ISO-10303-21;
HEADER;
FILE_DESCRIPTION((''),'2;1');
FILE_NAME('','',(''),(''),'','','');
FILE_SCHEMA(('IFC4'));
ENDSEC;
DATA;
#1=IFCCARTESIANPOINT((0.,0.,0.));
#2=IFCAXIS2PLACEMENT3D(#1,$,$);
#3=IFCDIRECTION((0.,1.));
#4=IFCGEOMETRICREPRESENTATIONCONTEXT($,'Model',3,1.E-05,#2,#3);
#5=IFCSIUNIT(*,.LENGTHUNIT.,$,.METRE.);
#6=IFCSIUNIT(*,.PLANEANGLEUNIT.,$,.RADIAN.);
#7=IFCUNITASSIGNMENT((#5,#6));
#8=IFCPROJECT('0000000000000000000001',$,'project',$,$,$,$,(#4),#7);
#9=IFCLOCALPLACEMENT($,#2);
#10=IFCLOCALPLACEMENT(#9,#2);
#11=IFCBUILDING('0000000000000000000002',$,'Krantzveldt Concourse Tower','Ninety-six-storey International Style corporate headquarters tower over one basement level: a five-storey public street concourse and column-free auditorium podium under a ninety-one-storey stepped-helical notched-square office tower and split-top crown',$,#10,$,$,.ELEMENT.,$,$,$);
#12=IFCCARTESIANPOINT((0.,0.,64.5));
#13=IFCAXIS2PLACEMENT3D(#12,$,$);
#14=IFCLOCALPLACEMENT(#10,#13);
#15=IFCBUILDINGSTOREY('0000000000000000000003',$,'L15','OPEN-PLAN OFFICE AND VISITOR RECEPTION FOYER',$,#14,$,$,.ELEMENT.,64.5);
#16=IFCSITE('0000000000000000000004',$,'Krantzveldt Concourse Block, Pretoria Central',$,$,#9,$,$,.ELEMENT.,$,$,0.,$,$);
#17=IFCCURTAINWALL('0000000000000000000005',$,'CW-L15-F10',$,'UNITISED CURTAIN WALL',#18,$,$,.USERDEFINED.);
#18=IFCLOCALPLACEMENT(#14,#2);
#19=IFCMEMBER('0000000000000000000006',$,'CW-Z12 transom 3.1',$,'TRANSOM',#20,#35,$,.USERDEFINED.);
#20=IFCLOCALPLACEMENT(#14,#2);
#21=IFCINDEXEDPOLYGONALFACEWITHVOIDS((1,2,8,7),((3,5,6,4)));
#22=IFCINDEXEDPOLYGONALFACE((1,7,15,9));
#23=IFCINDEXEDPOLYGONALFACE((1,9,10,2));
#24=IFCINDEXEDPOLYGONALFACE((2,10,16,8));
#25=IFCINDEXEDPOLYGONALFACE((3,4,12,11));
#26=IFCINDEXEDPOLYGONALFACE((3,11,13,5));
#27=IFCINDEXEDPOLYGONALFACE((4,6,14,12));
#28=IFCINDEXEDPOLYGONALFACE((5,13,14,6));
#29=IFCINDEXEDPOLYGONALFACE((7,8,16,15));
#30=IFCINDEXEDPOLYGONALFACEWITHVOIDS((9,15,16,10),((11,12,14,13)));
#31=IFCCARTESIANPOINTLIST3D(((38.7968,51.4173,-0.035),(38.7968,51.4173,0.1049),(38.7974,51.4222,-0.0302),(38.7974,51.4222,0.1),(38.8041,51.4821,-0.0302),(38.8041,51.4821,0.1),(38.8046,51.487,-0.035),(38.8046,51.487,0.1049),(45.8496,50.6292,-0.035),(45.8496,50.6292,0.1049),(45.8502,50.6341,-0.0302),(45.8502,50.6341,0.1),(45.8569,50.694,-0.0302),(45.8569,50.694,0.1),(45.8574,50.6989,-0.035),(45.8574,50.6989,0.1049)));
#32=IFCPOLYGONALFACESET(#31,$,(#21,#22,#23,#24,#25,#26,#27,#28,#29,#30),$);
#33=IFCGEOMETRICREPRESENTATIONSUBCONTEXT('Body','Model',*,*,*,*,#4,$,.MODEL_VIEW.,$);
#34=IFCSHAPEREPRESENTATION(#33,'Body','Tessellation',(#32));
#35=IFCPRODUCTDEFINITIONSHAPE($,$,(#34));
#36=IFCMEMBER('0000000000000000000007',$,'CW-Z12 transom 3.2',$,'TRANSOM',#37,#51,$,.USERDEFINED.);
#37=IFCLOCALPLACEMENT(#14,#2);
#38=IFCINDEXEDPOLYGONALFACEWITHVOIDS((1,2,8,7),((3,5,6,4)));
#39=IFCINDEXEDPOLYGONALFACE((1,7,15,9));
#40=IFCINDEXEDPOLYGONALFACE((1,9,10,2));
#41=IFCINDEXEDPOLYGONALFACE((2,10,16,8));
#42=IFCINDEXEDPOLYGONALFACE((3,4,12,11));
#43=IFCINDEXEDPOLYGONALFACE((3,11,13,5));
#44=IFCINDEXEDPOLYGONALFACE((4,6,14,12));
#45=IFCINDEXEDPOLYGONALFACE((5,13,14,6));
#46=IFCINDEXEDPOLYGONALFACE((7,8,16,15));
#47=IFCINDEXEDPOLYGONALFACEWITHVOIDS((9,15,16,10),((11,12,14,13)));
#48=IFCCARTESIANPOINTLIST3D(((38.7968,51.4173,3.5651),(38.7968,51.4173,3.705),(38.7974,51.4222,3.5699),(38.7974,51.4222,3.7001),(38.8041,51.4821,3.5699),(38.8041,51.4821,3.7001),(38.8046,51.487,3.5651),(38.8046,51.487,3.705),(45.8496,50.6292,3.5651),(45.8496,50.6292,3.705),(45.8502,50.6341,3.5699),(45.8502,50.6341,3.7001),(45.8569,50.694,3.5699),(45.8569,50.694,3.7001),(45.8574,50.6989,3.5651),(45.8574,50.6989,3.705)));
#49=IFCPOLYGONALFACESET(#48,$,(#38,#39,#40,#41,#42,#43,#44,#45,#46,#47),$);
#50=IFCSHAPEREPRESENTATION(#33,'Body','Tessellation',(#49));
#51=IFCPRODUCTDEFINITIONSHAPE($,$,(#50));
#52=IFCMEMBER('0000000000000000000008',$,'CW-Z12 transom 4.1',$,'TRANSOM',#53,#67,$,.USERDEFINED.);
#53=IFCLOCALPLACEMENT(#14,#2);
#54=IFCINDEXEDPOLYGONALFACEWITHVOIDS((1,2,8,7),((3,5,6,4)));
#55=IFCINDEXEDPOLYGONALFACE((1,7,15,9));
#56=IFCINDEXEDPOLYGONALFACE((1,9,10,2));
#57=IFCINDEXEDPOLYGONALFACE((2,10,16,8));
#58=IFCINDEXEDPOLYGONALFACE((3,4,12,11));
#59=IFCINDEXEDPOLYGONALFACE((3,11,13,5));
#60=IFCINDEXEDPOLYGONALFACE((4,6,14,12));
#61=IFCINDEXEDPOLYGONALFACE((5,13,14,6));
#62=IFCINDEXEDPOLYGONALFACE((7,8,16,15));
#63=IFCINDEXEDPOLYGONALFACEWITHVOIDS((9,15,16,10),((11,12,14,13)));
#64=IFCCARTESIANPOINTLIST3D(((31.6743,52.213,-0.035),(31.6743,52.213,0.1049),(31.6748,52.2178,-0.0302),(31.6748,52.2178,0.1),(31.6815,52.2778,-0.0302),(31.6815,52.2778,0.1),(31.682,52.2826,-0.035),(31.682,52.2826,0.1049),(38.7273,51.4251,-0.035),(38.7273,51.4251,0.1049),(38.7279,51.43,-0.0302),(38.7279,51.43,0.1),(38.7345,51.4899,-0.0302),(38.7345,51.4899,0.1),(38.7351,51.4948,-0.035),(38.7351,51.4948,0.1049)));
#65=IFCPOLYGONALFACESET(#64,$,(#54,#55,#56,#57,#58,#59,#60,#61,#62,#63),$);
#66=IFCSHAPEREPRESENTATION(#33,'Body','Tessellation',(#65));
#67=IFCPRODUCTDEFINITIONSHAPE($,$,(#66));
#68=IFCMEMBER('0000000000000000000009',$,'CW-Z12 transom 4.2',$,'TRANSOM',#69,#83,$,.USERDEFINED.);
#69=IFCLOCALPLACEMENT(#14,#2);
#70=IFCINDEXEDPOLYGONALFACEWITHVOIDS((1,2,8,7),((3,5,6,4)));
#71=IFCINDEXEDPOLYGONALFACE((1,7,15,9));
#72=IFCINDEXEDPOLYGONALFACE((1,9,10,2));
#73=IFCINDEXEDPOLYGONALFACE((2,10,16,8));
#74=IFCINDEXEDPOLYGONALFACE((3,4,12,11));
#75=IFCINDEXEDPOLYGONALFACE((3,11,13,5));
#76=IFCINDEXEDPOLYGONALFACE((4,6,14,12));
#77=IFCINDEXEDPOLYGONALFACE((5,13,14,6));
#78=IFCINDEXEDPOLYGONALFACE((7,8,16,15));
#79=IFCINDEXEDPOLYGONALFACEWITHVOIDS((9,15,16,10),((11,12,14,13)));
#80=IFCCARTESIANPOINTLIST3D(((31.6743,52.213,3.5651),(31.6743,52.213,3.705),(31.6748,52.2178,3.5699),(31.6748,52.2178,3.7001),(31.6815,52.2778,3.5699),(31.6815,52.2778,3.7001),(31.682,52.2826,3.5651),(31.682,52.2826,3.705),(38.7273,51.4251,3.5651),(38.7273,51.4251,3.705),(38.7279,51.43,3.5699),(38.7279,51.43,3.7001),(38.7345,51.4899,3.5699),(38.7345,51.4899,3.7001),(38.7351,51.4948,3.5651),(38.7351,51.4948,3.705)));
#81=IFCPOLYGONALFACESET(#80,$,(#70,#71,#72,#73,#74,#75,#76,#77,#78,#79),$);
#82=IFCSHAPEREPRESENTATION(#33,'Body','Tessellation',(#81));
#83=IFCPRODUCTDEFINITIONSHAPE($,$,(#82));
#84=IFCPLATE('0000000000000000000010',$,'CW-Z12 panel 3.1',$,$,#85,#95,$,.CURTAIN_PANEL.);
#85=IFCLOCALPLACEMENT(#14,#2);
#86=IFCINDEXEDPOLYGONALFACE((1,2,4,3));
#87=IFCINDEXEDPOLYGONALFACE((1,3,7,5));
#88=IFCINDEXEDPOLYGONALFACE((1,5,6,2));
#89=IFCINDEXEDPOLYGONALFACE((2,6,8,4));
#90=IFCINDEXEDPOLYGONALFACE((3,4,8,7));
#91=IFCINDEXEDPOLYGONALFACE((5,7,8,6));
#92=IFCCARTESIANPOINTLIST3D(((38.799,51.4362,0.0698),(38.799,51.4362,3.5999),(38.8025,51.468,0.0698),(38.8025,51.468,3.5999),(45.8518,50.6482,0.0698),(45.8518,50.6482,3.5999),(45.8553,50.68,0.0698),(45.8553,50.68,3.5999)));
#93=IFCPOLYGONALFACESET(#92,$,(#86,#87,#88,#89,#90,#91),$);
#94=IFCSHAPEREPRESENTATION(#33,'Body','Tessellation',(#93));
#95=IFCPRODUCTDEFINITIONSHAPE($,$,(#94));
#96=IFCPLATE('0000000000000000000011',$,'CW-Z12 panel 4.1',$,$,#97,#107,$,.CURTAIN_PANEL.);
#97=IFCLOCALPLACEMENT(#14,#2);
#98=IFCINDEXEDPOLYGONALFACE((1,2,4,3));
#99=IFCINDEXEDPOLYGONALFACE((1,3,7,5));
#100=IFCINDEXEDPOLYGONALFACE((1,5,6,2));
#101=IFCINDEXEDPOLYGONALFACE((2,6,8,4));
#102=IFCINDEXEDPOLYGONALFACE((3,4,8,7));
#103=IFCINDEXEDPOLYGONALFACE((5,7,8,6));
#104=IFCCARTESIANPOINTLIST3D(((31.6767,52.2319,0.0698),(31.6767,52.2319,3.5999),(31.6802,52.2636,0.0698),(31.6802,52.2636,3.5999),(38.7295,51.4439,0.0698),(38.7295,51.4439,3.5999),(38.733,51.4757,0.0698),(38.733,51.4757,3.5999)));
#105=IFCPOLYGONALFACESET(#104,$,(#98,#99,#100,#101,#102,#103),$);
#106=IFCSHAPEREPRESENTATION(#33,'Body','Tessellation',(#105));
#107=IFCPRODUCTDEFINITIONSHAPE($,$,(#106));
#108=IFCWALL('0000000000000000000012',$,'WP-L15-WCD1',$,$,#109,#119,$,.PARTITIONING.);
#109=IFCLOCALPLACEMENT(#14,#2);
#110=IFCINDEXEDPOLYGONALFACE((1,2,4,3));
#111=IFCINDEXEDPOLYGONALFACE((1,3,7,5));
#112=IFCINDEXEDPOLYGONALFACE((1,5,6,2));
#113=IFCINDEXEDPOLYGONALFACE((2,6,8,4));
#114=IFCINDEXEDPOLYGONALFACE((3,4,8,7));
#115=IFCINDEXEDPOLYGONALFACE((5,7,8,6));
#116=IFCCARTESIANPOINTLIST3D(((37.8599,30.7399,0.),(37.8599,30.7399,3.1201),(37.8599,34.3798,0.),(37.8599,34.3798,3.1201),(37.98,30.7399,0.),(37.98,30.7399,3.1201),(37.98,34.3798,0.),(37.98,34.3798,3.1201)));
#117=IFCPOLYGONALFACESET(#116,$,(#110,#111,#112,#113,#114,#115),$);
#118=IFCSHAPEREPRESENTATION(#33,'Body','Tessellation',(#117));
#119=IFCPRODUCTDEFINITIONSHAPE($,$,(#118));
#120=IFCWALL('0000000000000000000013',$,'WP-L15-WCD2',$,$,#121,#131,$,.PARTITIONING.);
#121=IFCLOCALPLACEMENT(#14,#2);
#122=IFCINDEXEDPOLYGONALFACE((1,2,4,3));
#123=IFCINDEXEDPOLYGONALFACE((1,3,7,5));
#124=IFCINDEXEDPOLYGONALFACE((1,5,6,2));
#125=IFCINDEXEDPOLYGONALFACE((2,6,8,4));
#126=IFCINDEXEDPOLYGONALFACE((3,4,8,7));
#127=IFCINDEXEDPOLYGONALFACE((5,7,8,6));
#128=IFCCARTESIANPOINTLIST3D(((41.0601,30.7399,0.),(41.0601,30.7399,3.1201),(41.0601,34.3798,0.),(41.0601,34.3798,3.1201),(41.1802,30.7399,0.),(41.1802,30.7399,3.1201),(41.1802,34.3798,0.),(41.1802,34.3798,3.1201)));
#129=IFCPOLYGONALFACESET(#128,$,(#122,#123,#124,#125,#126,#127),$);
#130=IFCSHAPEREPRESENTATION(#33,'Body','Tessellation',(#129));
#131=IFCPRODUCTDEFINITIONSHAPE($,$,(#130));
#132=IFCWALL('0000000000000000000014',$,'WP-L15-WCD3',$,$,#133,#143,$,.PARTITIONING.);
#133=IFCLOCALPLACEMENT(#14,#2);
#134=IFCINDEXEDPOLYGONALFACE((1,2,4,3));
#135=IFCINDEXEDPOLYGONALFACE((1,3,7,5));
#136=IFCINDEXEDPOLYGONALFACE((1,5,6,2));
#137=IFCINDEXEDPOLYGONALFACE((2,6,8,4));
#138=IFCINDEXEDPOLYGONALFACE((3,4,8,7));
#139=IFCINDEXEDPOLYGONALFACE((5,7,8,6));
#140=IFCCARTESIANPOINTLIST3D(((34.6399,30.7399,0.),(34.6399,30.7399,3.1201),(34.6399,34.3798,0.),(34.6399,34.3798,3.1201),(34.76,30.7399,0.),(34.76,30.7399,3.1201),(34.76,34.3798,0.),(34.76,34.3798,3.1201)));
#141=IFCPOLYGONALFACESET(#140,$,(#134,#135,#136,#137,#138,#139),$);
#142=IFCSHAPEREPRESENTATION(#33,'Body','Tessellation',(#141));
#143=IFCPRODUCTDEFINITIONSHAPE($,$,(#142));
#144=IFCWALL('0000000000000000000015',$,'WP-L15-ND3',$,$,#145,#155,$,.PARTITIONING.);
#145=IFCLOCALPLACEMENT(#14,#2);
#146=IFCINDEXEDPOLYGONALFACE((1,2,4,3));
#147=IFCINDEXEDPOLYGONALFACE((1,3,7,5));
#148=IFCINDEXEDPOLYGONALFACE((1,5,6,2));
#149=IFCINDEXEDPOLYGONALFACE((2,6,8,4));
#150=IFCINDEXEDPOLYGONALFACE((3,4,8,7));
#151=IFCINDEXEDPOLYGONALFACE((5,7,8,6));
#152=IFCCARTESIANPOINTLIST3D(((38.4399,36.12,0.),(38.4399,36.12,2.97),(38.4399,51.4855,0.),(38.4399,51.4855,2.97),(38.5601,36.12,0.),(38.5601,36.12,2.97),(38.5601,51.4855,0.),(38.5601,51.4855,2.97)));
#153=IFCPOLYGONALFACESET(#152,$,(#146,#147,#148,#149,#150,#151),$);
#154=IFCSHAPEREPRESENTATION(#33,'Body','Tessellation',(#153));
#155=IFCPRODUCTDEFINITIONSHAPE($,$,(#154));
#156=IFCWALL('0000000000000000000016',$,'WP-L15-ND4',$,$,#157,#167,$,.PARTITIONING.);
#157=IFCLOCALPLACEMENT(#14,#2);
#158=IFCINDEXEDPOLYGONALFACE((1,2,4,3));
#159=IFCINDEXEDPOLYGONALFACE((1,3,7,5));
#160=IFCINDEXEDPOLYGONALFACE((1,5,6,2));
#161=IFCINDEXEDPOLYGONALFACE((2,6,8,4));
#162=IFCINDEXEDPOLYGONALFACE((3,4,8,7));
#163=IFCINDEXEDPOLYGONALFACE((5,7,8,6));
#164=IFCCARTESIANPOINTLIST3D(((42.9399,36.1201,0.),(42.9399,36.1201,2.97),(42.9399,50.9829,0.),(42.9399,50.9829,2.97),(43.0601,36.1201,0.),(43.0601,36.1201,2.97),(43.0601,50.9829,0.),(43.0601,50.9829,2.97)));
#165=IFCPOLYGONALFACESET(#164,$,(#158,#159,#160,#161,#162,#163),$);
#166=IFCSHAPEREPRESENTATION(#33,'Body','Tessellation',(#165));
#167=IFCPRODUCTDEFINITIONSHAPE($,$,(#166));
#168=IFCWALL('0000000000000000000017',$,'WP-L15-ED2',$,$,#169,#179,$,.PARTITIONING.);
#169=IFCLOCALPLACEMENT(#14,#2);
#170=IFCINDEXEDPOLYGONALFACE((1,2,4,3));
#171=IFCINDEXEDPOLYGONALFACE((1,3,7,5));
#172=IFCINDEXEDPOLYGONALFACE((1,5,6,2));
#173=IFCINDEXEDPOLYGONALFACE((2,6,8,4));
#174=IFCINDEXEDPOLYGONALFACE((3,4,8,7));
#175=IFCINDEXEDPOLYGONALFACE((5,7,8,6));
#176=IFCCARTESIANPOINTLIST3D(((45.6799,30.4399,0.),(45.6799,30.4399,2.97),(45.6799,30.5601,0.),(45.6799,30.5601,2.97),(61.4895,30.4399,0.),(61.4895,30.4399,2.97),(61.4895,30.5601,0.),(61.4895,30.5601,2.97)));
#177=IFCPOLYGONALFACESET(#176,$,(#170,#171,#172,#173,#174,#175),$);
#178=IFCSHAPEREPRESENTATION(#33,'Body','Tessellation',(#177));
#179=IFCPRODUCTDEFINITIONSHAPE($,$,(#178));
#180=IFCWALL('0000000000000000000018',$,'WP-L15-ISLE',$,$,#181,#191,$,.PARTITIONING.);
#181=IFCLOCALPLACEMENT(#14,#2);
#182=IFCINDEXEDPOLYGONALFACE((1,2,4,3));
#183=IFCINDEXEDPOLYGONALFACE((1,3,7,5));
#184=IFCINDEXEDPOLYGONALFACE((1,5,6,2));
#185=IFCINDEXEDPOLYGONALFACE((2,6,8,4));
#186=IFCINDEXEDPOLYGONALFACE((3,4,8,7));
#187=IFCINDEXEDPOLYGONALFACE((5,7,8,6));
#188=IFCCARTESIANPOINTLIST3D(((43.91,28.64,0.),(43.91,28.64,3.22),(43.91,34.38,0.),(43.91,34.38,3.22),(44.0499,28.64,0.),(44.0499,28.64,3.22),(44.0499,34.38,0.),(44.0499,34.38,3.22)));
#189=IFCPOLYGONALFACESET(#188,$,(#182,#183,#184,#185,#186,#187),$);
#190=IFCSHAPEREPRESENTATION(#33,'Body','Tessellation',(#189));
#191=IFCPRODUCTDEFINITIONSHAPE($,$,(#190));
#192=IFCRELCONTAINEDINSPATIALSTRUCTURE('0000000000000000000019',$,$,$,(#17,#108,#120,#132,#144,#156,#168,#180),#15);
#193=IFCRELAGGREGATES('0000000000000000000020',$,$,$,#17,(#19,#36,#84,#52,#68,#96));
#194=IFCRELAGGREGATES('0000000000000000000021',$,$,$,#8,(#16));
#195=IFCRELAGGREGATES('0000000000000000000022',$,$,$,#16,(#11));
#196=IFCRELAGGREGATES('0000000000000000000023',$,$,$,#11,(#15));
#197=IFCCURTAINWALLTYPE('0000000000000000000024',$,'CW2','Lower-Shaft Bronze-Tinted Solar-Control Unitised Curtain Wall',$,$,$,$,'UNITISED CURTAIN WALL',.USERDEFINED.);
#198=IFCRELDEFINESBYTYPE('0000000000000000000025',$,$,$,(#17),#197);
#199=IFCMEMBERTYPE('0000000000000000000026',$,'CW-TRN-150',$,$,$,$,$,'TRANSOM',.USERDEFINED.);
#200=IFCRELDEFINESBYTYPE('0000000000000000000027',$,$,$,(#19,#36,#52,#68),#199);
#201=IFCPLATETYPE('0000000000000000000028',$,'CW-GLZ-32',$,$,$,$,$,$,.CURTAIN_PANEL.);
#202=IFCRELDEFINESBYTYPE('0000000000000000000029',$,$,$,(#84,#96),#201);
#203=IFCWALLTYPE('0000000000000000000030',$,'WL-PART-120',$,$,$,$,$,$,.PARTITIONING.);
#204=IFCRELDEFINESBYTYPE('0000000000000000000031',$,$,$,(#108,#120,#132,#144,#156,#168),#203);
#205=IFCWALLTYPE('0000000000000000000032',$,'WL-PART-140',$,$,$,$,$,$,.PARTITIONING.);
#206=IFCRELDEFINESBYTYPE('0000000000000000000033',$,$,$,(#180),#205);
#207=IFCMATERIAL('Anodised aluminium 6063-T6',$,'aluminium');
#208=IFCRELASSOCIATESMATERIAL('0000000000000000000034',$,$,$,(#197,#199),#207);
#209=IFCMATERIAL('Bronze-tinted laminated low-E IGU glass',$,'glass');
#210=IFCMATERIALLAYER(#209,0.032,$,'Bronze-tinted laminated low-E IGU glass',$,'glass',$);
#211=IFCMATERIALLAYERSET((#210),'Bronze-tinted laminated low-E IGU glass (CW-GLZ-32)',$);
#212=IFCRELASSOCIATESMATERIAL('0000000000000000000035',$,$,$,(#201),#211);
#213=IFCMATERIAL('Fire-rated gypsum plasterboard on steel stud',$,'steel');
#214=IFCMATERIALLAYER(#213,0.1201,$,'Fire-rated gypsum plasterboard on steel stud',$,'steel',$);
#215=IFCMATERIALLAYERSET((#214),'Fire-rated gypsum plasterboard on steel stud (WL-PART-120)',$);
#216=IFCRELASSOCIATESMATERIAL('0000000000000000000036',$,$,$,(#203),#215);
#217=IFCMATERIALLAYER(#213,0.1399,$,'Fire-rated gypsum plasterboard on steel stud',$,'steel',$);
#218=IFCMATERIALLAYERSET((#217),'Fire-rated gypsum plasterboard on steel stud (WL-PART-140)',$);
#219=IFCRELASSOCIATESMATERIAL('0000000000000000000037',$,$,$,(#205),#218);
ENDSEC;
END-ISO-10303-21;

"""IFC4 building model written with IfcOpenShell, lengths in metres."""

from ifc_helpers import new_model, si_unit, direction, frame, frame_2d, origin, origin_2d, place, context, subcontext, project, spatial, rectangle, hollow_rectangle, extrude, source, transform, mapped, material, layer, layer_set, material_profile, profile_set, type_object, type_shapes, element, aggregate, save


model = new_model("IFC4")

# Units and contexts
model_context = context("Model", 3, precision=1e-05, world=origin(), true_north=direction((0.0, 1.0)))
body_context = subcontext(model_context, "Body", "Model", "MODEL_VIEW")
ifc_project = project(units=[si_unit("LENGTHUNIT", "METRE"), si_unit("PLANEANGLEUNIT", "RADIAN")], contexts=[model_context])

# Site, building, storey
site_placement = place(None, origin())
site = spatial("IfcSite", under=ifc_project, at=site_placement, Name="Krantzveldt Concourse Block, Pretoria Central", CompositionType="ELEMENT", RefElevation=0.0)
building_placement = place(site_placement, origin())
building = spatial("IfcBuilding", under=site, at=building_placement, Name="Krantzveldt Concourse Tower", Description="Ninety-six-storey International Style corporate headquarters tower over one basement level: a five-storey public street concourse and column-free auditorium podium under a ninety-one-storey stepped-helical notched-square office tower and split-top crown", CompositionType="ELEMENT")
storey_placement = place(building_placement, frame((0.0, 0.0, 64.5)))
storey = spatial("IfcBuildingStorey", under=building, at=storey_placement, Name="L15", Description="OPEN-PLAN OFFICE AND VISITOR RECEPTION FOYER", CompositionType="ELEMENT", Elevation=64.5)

# Curtain wall, members, plates
ifc_material_1 = material(Name="Anodised aluminium 6063-T6", Category="aluminium")
curtain_wall_type = type_object("IfcCurtainWallType", Name="CW2", Description="Lower-Shaft Bronze-Tinted Solar-Control Unitised Curtain Wall", ElementType="UNITISED CURTAIN WALL", PredefinedType="USERDEFINED", material=ifc_material_1)
curtain_wall_placement = place(storey_placement, origin())
curtain_wall = element("IfcCurtainWall", 1, at=curtain_wall_placement, inside=storey, type_object=curtain_wall_type, Name="CW-L15-F10", ObjectType="UNITISED CURTAIN WALL", PredefinedType="USERDEFINED")
ifc_material_profile_1 = material_profile(ifc_material_1, hollow_rectangle(XDim=0.0701, YDim=0.1399, WallThickness=0.0049, at=origin_2d()), Name="Anodised aluminium 6063-T6", Category="aluminium")
ifc_profile_set_1 = profile_set([ifc_material_profile_1], Name="Anodised aluminium 6063-T6 - ALU-TRAN 140x70x5")
member_type_1 = type_object("IfcMemberType", Name="CW-TRN-150", ElementType="TRANSOM", PredefinedType="USERDEFINED", material=ifc_profile_set_1)
shared_shape_1 = source(origin(), body_context, "Body", "SweptSolid", [
    extrude(hollow_rectangle(XDim=0.0701, YDim=0.1399, WallThickness=0.0049, at=origin_2d()), origin(), (0.0, 0.0, 1.0), 7.0967),
])
member_1_placement = place(storey_placement, frame((45.8535, 50.6641, 0.0349), z_axis=(-0.993815, 0.111051, 0.0), x_axis=(-0.111051, -0.993815, 0.0)))
member_1 = element("IfcMember", 2, at=member_1_placement, type_object=member_type_1, Name="CW-Z12 transom 3.1", ObjectType="TRANSOM", PredefinedType="USERDEFINED", context=body_context, shape_type="MappedRepresentation", body=[
    mapped(shared_shape_1, transform((0.0, 0.0, 0.0), x_axis=(1.0, 0.0, 0.0), y_axis=(0.0, 1.0, 0.0), z_axis=(0.0, 0.0, 1.0), scale=1.0)),
])
member_2_placement = place(storey_placement, frame((45.8535, 50.6641, 3.635), z_axis=(-0.993815, 0.111051, 0.0), x_axis=(-0.111051, -0.993815, 0.0)))
member_2 = element("IfcMember", 3, at=member_2_placement, type_object=member_type_1, Name="CW-Z12 transom 3.2", ObjectType="TRANSOM", PredefinedType="USERDEFINED", context=body_context, shape_type="MappedRepresentation", body=[
    mapped(shared_shape_1, transform((0.0, 0.0, 0.0), x_axis=(1.0, 0.0, 0.0), y_axis=(0.0, 1.0, 0.0), z_axis=(0.0, 0.0, 1.0), scale=1.0)),
])
shared_shape_2 = source(origin(), body_context, "Body", "SweptSolid", [
    extrude(hollow_rectangle(XDim=0.0701, YDim=0.1399, WallThickness=0.0049, at=origin_2d()), origin(), (0.0, 0.0, 1.0), 7.0969),
])
type_shapes(member_type_1, [shared_shape_1, shared_shape_2])
member_3_placement = place(storey_placement, frame((38.7312, 51.46, 0.0349), z_axis=(-0.993819, 0.111013, 0.0), x_axis=(-0.111013, -0.993819, 0.0)))
member_3 = element("IfcMember", 4, at=member_3_placement, type_object=member_type_1, Name="CW-Z12 transom 4.1", ObjectType="TRANSOM", PredefinedType="USERDEFINED", context=body_context, shape_type="MappedRepresentation", body=[
    mapped(shared_shape_2, transform((0.0, 0.0, 0.0), x_axis=(1.0, 0.0, 0.0), y_axis=(0.0, 1.0, 0.0), z_axis=(0.0, 0.0, 1.0), scale=1.0)),
])
member_4_placement = place(storey_placement, frame((38.7312, 51.46, 3.635), z_axis=(-0.993819, 0.111013, 0.0), x_axis=(-0.111013, -0.993819, 0.0)))
member_4 = element("IfcMember", 5, at=member_4_placement, type_object=member_type_1, Name="CW-Z12 transom 4.2", ObjectType="TRANSOM", PredefinedType="USERDEFINED", context=body_context, shape_type="MappedRepresentation", body=[
    mapped(shared_shape_2, transform((0.0, 0.0, 0.0), x_axis=(1.0, 0.0, 0.0), y_axis=(0.0, 1.0, 0.0), z_axis=(0.0, 0.0, 1.0), scale=1.0)),
])
ifc_material_2 = material(Name="Bronze-tinted laminated low-E IGU glass", Category="glass")
ifc_layer_1 = layer(ifc_material_2, 0.032, Name="Bronze-tinted laminated low-E IGU glass", Category="glass")
ifc_layer_set_1 = layer_set([ifc_layer_1], Name="Bronze-tinted laminated low-E IGU glass (CW-GLZ-32)")
plate_type = type_object("IfcPlateType", Name="CW-GLZ-32", PredefinedType="CURTAIN_PANEL", material=ifc_layer_set_1)
shared_shape_3 = source(origin(), body_context, "Body", "SweptSolid", [
    extrude(rectangle(XDim=7.0967, YDim=0.032, at=origin_2d()), origin(), (0.0, 0.0, 1.0), 3.53),
])
type_shapes(plate_type, [shared_shape_3])
plate_1_placement = place(storey_placement, frame((42.3271, 51.0581, 0.0698), z_axis=(0.0, 0.0, 1.0), x_axis=(-0.993816, 0.111035, 0.0)))
plate_1 = element("IfcPlate", 6, at=plate_1_placement, type_object=plate_type, Name="CW-Z12 panel 3.1", PredefinedType="CURTAIN_PANEL", context=body_context, shape_type="MappedRepresentation", body=[
    mapped(shared_shape_3, transform((0.0, 0.0, 0.0), x_axis=(1.0, 0.0, 0.0), y_axis=(0.0, 1.0, 0.0), z_axis=(0.0, 0.0, 1.0), scale=1.0)),
])
plate_2_placement = place(storey_placement, frame((35.2048, 51.8538, 0.0698), z_axis=(0.0, 0.0, 1.0), x_axis=(-0.993816, 0.111035, 0.0)))
plate_2 = element("IfcPlate", 7, at=plate_2_placement, type_object=plate_type, Name="CW-Z12 panel 4.1", PredefinedType="CURTAIN_PANEL", context=body_context, shape_type="MappedRepresentation", body=[
    mapped(shared_shape_3, transform((0.0, 0.0, 0.0), x_axis=(1.0, 0.0, 0.0), y_axis=(0.0, 1.0, 0.0), z_axis=(0.0, 0.0, 1.0), scale=1.0)),
])
aggregate(curtain_wall, [member_1, member_2, plate_1, member_3, member_4, plate_2])

# Walls
ifc_material_3 = material(Name="Fire-rated gypsum plasterboard on steel stud", Category="steel")
ifc_layer_2 = layer(ifc_material_3, 0.1201, Name="Fire-rated gypsum plasterboard on steel stud", Category="steel")
ifc_layer_set_2 = layer_set([ifc_layer_2], Name="Fire-rated gypsum plasterboard on steel stud (WL-PART-120)")
wall_type_1 = type_object("IfcWallType", Name="WL-PART-120", PredefinedType="PARTITIONING", material=ifc_layer_set_2)
for number, where, z_axis, x_axis, name in (
    (8, (37.9199, 30.74, 0.0), (0.0, 0.0, 1.0), (0.0, 1.0, 0.0), "WP-L15-WCD1"),
    (9, (41.1201, 30.74, 0.0), (0.0, 0.0, 1.0), (0.0, 1.0, 0.0), "WP-L15-WCD2"),
    (10, (34.7, 30.74, 0.0), (0.0, 0.0, 1.0), (0.0, 1.0, 0.0), "WP-L15-WCD3"),
):
    element("IfcWall", number, at=place(storey_placement, frame(where, z_axis=z_axis, x_axis=x_axis)), inside=storey, type_object=wall_type_1, Name=name, PredefinedType="PARTITIONING", context=body_context, shape_type="SweptSolid", body=[
        extrude(rectangle(XDim=3.6399, YDim=0.1201, at=frame_2d((1.8198, 0.0))), origin(), (0.0, 0.0, 1.0), 3.1201),
    ])
wall_1_placement = place(storey_placement, frame((38.5, 36.1201, 0.0), z_axis=(0.0, 0.0, 1.0), x_axis=(0.0, 1.0, 0.0)))
element("IfcWall", 11, at=wall_1_placement, inside=storey, type_object=wall_type_1, Name="WP-L15-ND3", PredefinedType="PARTITIONING", context=body_context, shape_type="SweptSolid", body=[
    extrude(rectangle(XDim=15.3655, YDim=0.1201, at=frame_2d((7.6826, 0.0))), origin(), (0.0, 0.0, 1.0), 2.97),
])
wall_2_placement = place(storey_placement, frame((43.0, 36.1201, 0.0), z_axis=(0.0, 0.0, 1.0), x_axis=(0.0, 1.0, 0.0)))
element("IfcWall", 12, at=wall_2_placement, inside=storey, type_object=wall_type_1, Name="WP-L15-ND4", PredefinedType="PARTITIONING", context=body_context, shape_type="SweptSolid", body=[
    extrude(rectangle(XDim=14.8628, YDim=0.1201, at=frame_2d((7.4314, 0.0))), origin(), (0.0, 0.0, 1.0), 2.97),
])
wall_3_placement = place(storey_placement, frame((45.6799, 30.5, 0.0), z_axis=(0.0, 0.0, 1.0), x_axis=(1.0, 0.0, 0.0)))
element("IfcWall", 13, at=wall_3_placement, inside=storey, type_object=wall_type_1, Name="WP-L15-ED2", PredefinedType="PARTITIONING", context=body_context, shape_type="SweptSolid", body=[
    extrude(rectangle(XDim=15.8096, YDim=0.1201, at=frame_2d((7.9048, 0.0))), origin(), (0.0, 0.0, 1.0), 2.97),
])
ifc_layer_3 = layer(ifc_material_3, 0.1399, Name="Fire-rated gypsum plasterboard on steel stud", Category="steel")
ifc_layer_set_3 = layer_set([ifc_layer_3], Name="Fire-rated gypsum plasterboard on steel stud (WL-PART-140)")
wall_type_2 = type_object("IfcWallType", Name="WL-PART-140", PredefinedType="PARTITIONING", material=ifc_layer_set_3)
wall_4_placement = place(storey_placement, frame((43.98, 28.6399, 0.0), z_axis=(0.0, 0.0, 1.0), x_axis=(0.0, 1.0, 0.0)))
element("IfcWall", 14, at=wall_4_placement, inside=storey, type_object=wall_type_2, Name="WP-L15-ISLE", PredefinedType="PARTITIONING", context=body_context, shape_type="SweptSolid", body=[
    extrude(rectangle(XDim=5.74, YDim=0.1399, at=frame_2d((2.8701, 0.0))), origin(), (0.0, 0.0, 1.0), 3.22),
])

save(model, "model.ifc")
